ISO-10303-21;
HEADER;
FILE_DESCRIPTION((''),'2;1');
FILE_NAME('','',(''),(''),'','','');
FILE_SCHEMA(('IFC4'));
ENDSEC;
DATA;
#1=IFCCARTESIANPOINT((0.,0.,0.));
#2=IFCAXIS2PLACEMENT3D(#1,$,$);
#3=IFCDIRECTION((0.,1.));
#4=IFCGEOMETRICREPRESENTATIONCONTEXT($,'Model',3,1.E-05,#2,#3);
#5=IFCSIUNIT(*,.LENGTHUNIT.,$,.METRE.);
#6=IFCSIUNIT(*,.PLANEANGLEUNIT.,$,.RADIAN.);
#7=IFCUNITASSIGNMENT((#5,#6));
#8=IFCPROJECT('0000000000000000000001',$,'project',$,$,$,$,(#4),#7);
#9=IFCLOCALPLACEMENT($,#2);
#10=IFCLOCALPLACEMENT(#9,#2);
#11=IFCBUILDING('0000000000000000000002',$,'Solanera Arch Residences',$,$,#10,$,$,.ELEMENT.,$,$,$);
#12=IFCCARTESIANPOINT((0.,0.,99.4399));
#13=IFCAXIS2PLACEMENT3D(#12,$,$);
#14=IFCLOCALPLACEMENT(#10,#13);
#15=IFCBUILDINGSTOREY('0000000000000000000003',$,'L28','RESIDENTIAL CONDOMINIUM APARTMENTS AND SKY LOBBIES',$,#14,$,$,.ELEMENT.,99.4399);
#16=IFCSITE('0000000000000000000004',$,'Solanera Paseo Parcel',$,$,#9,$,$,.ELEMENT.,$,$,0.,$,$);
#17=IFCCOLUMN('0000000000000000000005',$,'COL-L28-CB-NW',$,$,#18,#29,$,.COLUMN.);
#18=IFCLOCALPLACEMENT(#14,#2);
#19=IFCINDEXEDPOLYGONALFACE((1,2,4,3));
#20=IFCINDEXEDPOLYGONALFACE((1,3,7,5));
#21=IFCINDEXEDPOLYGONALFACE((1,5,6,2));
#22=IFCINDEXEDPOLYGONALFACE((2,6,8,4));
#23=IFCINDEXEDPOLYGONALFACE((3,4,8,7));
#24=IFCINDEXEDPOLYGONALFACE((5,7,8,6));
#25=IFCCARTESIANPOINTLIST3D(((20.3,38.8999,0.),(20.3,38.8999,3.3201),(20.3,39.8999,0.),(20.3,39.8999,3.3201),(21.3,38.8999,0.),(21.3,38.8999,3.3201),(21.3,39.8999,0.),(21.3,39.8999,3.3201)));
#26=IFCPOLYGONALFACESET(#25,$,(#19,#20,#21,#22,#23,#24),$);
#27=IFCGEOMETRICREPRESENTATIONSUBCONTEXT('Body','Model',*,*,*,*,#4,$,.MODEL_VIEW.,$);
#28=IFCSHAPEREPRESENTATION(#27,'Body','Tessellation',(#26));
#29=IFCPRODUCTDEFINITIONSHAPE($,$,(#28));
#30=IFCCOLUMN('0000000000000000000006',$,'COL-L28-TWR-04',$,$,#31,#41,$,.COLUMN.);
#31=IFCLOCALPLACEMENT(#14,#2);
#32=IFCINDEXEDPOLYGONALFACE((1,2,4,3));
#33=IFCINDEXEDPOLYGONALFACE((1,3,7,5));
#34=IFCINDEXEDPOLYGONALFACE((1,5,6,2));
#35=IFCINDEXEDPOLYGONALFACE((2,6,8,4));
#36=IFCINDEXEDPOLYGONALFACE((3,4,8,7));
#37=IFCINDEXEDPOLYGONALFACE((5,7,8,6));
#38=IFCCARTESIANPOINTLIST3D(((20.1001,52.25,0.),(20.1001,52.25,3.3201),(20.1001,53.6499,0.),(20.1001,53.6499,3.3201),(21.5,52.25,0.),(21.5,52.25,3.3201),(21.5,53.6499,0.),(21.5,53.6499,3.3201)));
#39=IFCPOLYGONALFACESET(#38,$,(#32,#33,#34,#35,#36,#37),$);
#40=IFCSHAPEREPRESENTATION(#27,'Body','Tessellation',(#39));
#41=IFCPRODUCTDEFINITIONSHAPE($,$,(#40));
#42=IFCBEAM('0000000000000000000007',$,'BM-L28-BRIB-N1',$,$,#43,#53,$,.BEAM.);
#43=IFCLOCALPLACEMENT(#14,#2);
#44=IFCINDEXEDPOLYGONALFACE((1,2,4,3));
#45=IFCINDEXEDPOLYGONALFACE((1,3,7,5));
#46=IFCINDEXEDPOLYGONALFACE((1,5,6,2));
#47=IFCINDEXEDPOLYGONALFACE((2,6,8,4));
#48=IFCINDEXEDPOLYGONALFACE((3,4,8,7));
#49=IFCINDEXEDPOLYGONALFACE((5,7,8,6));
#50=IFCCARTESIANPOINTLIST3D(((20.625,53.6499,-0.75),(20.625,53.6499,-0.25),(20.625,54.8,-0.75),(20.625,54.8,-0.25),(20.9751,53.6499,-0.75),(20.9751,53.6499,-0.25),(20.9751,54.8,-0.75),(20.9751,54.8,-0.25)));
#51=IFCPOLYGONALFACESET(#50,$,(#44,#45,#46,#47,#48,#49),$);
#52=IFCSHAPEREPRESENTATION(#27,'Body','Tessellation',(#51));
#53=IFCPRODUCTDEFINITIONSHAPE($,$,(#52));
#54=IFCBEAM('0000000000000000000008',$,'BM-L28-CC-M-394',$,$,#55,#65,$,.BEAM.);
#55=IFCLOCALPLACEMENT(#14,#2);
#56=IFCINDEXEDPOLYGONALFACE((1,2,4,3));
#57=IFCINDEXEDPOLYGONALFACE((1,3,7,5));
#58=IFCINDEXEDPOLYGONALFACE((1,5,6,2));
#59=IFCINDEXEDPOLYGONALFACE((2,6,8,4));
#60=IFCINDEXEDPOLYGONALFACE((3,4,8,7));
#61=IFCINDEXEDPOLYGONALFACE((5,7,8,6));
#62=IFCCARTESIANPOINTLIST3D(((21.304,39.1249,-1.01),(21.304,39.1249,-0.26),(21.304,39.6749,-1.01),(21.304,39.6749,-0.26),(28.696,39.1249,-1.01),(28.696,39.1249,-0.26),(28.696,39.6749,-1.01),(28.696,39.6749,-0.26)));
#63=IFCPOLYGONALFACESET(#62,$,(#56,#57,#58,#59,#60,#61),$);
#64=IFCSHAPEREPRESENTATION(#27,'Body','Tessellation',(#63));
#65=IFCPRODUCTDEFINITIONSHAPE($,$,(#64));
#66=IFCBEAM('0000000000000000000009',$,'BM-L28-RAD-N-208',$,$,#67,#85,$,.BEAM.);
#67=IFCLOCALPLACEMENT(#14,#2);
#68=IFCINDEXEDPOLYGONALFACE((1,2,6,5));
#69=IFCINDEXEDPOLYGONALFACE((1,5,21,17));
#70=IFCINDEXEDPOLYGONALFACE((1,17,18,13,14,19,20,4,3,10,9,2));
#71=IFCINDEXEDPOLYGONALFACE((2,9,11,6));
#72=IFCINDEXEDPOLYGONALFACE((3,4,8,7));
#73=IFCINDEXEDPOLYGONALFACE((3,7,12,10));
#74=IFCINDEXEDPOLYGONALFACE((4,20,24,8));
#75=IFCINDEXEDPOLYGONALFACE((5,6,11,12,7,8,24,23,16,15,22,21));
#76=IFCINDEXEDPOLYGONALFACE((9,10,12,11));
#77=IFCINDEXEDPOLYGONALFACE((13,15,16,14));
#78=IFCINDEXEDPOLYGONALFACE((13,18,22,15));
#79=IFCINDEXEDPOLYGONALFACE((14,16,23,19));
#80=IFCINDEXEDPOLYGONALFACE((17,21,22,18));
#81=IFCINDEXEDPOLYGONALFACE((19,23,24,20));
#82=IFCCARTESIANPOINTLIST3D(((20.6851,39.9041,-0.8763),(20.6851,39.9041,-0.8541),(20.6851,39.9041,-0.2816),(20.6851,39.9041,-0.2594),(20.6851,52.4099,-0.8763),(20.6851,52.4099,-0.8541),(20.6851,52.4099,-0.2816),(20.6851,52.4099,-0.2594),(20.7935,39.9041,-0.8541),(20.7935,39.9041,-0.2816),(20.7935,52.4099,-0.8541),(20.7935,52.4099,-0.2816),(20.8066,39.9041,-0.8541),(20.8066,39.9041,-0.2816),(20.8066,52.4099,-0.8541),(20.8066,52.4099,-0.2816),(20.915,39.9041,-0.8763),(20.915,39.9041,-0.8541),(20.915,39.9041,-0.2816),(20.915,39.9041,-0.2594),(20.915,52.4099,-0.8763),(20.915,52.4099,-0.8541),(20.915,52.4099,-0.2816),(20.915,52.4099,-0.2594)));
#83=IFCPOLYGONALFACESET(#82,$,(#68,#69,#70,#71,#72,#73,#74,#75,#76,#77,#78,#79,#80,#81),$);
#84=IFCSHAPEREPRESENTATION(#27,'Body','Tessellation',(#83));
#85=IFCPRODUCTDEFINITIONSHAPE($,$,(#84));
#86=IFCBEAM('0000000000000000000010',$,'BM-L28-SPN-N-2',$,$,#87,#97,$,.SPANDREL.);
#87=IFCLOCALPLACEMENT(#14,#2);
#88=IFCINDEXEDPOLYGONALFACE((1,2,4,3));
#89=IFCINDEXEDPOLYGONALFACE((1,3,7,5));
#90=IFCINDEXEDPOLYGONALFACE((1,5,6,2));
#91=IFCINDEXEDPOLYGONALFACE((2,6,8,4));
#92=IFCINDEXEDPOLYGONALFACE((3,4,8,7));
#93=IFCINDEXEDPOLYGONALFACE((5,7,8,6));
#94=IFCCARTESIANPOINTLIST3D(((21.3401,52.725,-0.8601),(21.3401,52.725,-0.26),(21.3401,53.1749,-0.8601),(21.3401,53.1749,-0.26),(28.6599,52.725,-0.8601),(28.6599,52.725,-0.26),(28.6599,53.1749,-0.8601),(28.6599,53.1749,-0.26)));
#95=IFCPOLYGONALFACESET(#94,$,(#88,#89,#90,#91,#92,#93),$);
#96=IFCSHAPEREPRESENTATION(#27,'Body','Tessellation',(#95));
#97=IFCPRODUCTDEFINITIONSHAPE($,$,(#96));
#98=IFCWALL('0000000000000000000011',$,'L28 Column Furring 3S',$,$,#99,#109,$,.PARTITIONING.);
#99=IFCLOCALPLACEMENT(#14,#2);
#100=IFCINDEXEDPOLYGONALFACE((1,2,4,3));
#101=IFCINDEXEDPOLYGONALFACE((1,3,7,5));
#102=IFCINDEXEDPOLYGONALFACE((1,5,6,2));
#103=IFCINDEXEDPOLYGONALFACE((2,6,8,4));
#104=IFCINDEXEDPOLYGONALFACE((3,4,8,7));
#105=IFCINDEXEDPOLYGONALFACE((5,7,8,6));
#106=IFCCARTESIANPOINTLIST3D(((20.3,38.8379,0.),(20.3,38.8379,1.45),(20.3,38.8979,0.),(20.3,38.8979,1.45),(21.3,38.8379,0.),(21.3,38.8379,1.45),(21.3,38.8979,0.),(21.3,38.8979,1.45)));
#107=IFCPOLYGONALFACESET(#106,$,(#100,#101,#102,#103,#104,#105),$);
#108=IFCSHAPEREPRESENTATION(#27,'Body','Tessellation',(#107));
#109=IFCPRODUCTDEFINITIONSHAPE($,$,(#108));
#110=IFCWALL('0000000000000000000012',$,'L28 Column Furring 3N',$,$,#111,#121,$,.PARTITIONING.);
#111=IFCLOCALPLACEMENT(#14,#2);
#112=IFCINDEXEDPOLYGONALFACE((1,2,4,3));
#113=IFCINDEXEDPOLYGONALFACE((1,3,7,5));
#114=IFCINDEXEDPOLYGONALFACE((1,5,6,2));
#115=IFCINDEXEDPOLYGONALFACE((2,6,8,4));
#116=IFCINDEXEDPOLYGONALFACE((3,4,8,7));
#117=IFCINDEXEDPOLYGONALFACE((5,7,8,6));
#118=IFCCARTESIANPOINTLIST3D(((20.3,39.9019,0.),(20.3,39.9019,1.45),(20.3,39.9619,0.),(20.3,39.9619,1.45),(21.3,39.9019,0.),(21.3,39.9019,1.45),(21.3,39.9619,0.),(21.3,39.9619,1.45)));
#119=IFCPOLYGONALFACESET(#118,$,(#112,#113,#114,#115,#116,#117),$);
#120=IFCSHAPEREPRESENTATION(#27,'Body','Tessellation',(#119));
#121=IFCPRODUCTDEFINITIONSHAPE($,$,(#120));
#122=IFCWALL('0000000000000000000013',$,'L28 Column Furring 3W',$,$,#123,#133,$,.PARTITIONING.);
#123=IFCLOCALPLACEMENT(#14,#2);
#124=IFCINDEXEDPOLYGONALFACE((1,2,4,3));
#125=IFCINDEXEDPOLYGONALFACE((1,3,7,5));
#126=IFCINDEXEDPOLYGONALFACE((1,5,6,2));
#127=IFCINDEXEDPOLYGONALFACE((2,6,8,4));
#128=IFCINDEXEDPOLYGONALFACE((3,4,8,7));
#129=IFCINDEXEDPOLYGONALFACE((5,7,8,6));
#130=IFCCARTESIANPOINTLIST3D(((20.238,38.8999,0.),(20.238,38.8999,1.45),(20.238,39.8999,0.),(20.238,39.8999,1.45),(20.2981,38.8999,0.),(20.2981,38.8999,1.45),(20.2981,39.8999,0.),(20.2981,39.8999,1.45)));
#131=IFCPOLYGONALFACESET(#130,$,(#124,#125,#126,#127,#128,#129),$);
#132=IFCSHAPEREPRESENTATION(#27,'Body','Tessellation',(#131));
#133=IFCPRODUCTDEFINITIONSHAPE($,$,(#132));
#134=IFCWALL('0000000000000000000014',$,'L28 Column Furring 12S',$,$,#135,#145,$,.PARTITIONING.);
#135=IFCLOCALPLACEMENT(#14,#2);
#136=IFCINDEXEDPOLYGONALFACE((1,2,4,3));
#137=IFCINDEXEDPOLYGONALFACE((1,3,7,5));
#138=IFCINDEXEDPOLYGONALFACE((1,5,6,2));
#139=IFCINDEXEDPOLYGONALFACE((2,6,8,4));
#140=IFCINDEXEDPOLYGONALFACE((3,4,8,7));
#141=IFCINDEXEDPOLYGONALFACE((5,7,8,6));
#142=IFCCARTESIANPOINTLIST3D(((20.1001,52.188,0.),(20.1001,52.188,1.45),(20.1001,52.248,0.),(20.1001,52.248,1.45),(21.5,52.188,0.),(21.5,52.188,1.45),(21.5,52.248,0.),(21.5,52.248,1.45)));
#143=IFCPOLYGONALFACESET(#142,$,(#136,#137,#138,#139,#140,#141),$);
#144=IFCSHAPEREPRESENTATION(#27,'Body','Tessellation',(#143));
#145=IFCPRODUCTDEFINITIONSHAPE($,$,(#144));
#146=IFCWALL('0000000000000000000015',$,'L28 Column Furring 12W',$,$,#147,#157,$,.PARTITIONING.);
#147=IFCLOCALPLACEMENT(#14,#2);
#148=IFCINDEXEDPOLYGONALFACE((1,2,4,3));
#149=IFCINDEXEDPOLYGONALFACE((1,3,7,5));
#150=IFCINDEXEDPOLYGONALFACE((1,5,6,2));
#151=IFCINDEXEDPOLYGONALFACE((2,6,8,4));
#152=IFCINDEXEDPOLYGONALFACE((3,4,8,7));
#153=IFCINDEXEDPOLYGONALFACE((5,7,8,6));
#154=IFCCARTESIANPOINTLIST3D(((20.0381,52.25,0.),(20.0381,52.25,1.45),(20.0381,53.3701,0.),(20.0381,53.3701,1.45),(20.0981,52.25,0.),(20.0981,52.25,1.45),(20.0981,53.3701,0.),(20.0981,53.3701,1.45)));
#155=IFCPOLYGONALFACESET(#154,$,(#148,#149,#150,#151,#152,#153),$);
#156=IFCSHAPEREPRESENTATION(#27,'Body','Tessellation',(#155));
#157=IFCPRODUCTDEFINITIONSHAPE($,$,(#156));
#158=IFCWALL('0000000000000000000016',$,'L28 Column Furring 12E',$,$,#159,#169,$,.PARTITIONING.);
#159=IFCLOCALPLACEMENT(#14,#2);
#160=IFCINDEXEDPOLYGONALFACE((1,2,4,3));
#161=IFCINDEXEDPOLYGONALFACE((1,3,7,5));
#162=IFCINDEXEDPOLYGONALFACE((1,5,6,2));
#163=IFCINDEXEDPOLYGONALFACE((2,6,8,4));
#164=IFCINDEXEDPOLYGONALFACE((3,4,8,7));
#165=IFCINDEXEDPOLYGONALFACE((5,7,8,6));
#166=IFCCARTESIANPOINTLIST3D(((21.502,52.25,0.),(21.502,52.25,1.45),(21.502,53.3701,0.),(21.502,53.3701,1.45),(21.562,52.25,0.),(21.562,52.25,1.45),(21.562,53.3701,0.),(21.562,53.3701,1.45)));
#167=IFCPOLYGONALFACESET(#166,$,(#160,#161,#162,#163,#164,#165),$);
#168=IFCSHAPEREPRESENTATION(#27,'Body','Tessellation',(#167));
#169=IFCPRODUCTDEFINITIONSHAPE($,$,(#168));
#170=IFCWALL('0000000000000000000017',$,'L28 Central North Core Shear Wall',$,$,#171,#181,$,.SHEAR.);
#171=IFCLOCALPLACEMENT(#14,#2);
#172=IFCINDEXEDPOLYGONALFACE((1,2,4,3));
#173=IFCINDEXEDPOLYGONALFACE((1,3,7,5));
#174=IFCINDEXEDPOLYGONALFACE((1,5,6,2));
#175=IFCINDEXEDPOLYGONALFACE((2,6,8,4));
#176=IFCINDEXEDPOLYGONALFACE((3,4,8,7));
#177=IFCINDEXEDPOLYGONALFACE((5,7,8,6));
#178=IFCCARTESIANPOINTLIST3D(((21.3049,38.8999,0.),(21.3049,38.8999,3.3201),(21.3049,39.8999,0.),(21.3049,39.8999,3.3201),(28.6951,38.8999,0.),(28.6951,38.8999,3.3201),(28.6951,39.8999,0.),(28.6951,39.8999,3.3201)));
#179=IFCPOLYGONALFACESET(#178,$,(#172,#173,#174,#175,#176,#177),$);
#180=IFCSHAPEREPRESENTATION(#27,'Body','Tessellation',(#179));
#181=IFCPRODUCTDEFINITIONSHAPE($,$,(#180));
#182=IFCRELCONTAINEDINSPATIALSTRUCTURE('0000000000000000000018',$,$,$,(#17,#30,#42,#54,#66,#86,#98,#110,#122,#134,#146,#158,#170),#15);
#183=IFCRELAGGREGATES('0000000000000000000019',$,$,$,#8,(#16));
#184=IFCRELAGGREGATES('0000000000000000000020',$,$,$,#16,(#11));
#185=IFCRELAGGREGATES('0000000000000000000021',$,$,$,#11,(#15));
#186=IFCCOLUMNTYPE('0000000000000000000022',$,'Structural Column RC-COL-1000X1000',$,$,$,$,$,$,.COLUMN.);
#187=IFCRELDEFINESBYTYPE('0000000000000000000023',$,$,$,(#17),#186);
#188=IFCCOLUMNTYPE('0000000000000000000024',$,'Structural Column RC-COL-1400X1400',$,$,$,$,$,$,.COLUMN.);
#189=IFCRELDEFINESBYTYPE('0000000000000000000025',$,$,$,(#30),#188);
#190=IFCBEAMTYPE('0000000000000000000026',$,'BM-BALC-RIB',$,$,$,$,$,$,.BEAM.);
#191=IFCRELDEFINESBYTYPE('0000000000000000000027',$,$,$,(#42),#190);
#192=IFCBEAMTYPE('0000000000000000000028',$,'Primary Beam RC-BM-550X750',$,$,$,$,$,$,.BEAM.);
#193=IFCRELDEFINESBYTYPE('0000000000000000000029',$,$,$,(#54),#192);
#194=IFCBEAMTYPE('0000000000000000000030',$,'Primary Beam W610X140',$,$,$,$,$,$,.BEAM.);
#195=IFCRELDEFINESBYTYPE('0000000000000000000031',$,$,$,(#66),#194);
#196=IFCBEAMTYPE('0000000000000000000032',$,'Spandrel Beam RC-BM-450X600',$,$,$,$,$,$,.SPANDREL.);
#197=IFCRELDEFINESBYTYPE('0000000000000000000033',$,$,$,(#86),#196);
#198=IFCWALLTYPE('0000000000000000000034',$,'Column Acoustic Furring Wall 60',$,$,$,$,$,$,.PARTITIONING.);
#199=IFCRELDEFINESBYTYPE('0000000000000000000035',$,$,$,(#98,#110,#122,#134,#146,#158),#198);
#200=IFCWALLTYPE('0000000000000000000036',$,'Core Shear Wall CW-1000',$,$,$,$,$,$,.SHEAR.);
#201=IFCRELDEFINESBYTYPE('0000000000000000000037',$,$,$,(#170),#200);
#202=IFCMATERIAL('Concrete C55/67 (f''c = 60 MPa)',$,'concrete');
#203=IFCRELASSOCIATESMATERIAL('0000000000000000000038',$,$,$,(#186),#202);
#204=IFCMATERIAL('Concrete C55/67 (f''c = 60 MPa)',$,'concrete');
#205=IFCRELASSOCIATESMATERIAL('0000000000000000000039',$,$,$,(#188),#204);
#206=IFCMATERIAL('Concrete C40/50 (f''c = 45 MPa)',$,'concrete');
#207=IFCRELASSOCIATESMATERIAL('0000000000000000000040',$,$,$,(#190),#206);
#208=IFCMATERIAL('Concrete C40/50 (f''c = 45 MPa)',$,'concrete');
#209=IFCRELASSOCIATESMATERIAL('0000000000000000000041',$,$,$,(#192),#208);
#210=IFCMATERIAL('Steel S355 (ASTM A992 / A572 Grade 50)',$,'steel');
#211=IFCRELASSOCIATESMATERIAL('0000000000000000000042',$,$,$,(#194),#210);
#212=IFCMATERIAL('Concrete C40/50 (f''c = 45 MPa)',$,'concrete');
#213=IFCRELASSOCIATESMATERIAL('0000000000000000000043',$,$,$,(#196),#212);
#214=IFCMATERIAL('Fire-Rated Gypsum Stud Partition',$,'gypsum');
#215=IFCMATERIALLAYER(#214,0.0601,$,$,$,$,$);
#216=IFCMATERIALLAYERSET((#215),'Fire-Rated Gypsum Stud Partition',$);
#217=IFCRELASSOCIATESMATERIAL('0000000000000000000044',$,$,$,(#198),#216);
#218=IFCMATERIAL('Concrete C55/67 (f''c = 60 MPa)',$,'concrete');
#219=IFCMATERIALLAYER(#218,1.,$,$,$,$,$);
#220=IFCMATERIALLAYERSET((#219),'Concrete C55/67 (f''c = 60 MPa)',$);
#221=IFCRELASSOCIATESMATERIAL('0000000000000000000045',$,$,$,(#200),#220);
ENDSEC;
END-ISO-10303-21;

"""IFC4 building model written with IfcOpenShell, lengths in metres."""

from ifc_helpers import new_model, si_unit, direction, frame, frame_2d, origin, origin_2d, place, context, subcontext, project, spatial, rectangle, i_section, extrude, material, layer, layer_set, material_profile, profile_set, type_object, element, save


model = new_model("IFC4")

# Units and contexts
model_context = context("Model", 3, precision=1e-05, world=origin(), true_north=direction((0.0, 1.0)))
body_context = subcontext(model_context, "Body", "Model", "MODEL_VIEW")
ifc_project = project(units=[si_unit("LENGTHUNIT", "METRE"), si_unit("PLANEANGLEUNIT", "RADIAN")], contexts=[model_context])

# Site, building, storey
site_placement = place(None, origin())
site = spatial("IfcSite", under=ifc_project, at=site_placement, Name="Solanera Paseo Parcel", CompositionType="ELEMENT", RefElevation=0.0)
building_placement = place(site_placement, origin())
building = spatial("IfcBuilding", under=site, at=building_placement, Name="Solanera Arch Residences", CompositionType="ELEMENT")
storey_placement = place(building_placement, frame((0.0, 0.0, 99.4399)))
storey = spatial("IfcBuildingStorey", under=building, at=storey_placement, Name="L28", Description="RESIDENTIAL CONDOMINIUM APARTMENTS AND SKY LOBBIES", CompositionType="ELEMENT", Elevation=99.4399)

# Columns
ifc_material_1 = material(Name="Concrete C55/67 (f'c = 60 MPa)", Category="concrete")
ifc_material_profile_1 = material_profile(ifc_material_1, rectangle(XDim=1.0, YDim=1.0, at=origin_2d()))
ifc_profile_set_1 = profile_set([ifc_material_profile_1], Name="Concrete C55/67 (f'c = 60 MPa)")
column_type_1 = type_object("IfcColumnType", Name="Structural Column RC-COL-1000X1000", PredefinedType="COLUMN", material=ifc_profile_set_1)
column_1_placement = place(storey_placement, frame((20.8, 39.3999, 0.0), z_axis=(0.0, 0.0, 1.0), x_axis=(1.0, 0.0, 0.0)))
element("IfcColumn", 1, at=column_1_placement, inside=storey, type_object=column_type_1, Name="COL-L28-CB-NW", PredefinedType="COLUMN", context=body_context, shape_type="SweptSolid", body=[
    extrude(rectangle(XDim=1.0, YDim=1.0, at=origin_2d()), origin(), (0.0, 0.0, 1.0), 3.3201),
])
ifc_material_2 = material(Name="Concrete C55/67 (f'c = 60 MPa)", Category="concrete")
ifc_material_profile_2 = material_profile(ifc_material_2, rectangle(XDim=1.3999, YDim=1.3999, at=origin_2d()))
ifc_profile_set_2 = profile_set([ifc_material_profile_2], Name="Concrete C55/67 (f'c = 60 MPa)")
column_type_2 = type_object("IfcColumnType", Name="Structural Column RC-COL-1400X1400", PredefinedType="COLUMN", material=ifc_profile_set_2)
column_2_placement = place(storey_placement, frame((20.8, 52.95, 0.0), z_axis=(0.0, 0.0, 1.0), x_axis=(1.0, 0.0, 0.0)))
element("IfcColumn", 2, at=column_2_placement, inside=storey, type_object=column_type_2, Name="COL-L28-TWR-04", PredefinedType="COLUMN", context=body_context, shape_type="SweptSolid", body=[
    extrude(rectangle(XDim=1.3999, YDim=1.3999, at=origin_2d()), origin(), (0.0, 0.0, 1.0), 3.3201),
])

# Beams
ifc_material_3 = material(Name="Concrete C40/50 (f'c = 45 MPa)", Category="concrete")
ifc_material_profile_3 = material_profile(ifc_material_3, rectangle(XDim=0.3501, YDim=0.5, at=origin_2d()))
ifc_profile_set_3 = profile_set([ifc_material_profile_3], Name="Concrete C40/50 (f'c = 45 MPa)")
beam_type_1 = type_object("IfcBeamType", Name="BM-BALC-RIB", PredefinedType="BEAM", material=ifc_profile_set_3)
beam_1_placement = place(storey_placement, frame((20.8, 53.6499, -0.5), z_axis=(0.0, 1.0, 0.0), x_axis=(-1.0, 0.0, 0.0)))
element("IfcBeam", 3, at=beam_1_placement, inside=storey, type_object=beam_type_1, Name="BM-L28-BRIB-N1", PredefinedType="BEAM", context=body_context, shape_type="SweptSolid", body=[
    extrude(rectangle(XDim=0.3501, YDim=0.5, at=origin_2d()), origin(), (0.0, 0.0, 1.0), 1.1501),
])
ifc_material_4 = material(Name="Concrete C40/50 (f'c = 45 MPa)", Category="concrete")
ifc_material_profile_4 = material_profile(ifc_material_4, rectangle(XDim=0.55, YDim=0.75, at=origin_2d()))
ifc_profile_set_4 = profile_set([ifc_material_profile_4], Name="Concrete C40/50 (f'c = 45 MPa)")
beam_type_2 = type_object("IfcBeamType", Name="Primary Beam RC-BM-550X750", PredefinedType="BEAM", material=ifc_profile_set_4)
beam_2_placement = place(storey_placement, frame((21.304, 39.3999, -0.635), z_axis=(1.0, 0.0, 0.0), x_axis=(0.0, 1.0, 0.0)))
element("IfcBeam", 4, at=beam_2_placement, inside=storey, type_object=beam_type_2, Name="BM-L28-CC-M-394", PredefinedType="BEAM", context=body_context, shape_type="SweptSolid", body=[
    extrude(rectangle(XDim=0.55, YDim=0.75, at=origin_2d()), origin(), (0.0, 0.0, 1.0), 7.3921),
])
ifc_material_5 = material(Name="Steel S355 (ASTM A992 / A572 Grade 50)", Category="steel")
ifc_material_profile_5 = material_profile(ifc_material_5, i_section(OverallWidth=0.23, OverallDepth=0.6169, WebThickness=0.0132, FlangeThickness=0.0222, at=origin_2d()))
ifc_profile_set_5 = profile_set([ifc_material_profile_5], Name="Steel S355 (ASTM A992 / A572 Grade 50)")
beam_type_3 = type_object("IfcBeamType", Name="Primary Beam W610X140", PredefinedType="BEAM", material=ifc_profile_set_5)
beam_3_placement = place(storey_placement, frame((20.8, 39.9041, -0.5679), z_axis=(0.0, 1.0, 0.0), x_axis=(-1.0, 0.0, 0.0)))
element("IfcBeam", 5, at=beam_3_placement, inside=storey, type_object=beam_type_3, Name="BM-L28-RAD-N-208", PredefinedType="BEAM", context=body_context, shape_type="SweptSolid", body=[
    extrude(i_section(OverallWidth=0.23, OverallDepth=0.6169, WebThickness=0.0132, FlangeThickness=0.0222, at=origin_2d()), origin(), (0.0, 0.0, 1.0), 12.5059),
])
ifc_material_6 = material(Name="Concrete C40/50 (f'c = 45 MPa)", Category="concrete")
ifc_material_profile_6 = material_profile(ifc_material_6, rectangle(XDim=0.45, YDim=0.6001, at=origin_2d()))
ifc_profile_set_6 = profile_set([ifc_material_profile_6], Name="Concrete C40/50 (f'c = 45 MPa)")
beam_type_4 = type_object("IfcBeamType", Name="Spandrel Beam RC-BM-450X600", PredefinedType="SPANDREL", material=ifc_profile_set_6)
beam_4_placement = place(storey_placement, frame((21.3401, 52.95, -0.5601), z_axis=(1.0, 0.0, 0.0), x_axis=(0.0, 1.0, 0.0)))
element("IfcBeam", 6, at=beam_4_placement, inside=storey, type_object=beam_type_4, Name="BM-L28-SPN-N-2", PredefinedType="SPANDREL", context=body_context, shape_type="SweptSolid", body=[
    extrude(rectangle(XDim=0.45, YDim=0.6001, at=origin_2d()), origin(), (0.0, 0.0, 1.0), 7.3198),
])

# Walls
ifc_material_7 = material(Name="Fire-Rated Gypsum Stud Partition", Category="gypsum")
ifc_layer_1 = layer(ifc_material_7, 0.0601)
ifc_layer_set_1 = layer_set([ifc_layer_1], Name="Fire-Rated Gypsum Stud Partition")
wall_type_1 = type_object("IfcWallType", Name="Column Acoustic Furring Wall 60", PredefinedType="PARTITIONING", material=ifc_layer_set_1)
for number, where, z_axis, x_axis, name in (
    (7, (20.3, 38.8679, 0.0), (0.0, 0.0, 1.0), (1.0, 0.0, 0.0), "L28 Column Furring 3S"),
    (8, (20.3, 39.9319, 0.0), (0.0, 0.0, 1.0), (1.0, 0.0, 0.0), "L28 Column Furring 3N"),
    (9, (20.2681, 38.8999, 0.0), (0.0, 0.0, 1.0), (0.0, 1.0, 0.0), "L28 Column Furring 3W"),
):
    element("IfcWall", number, at=place(storey_placement, frame(where, z_axis=z_axis, x_axis=x_axis)), inside=storey, type_object=wall_type_1, Name=name, PredefinedType="PARTITIONING", context=body_context, shape_type="SweptSolid", body=[
        extrude(rectangle(XDim=1.0, YDim=0.0601, at=frame_2d((0.5, 0.0))), origin(), (0.0, 0.0, 1.0), 1.45),
    ])
wall_1_placement = place(storey_placement, frame((20.1001, 52.218, 0.0), z_axis=(0.0, 0.0, 1.0), x_axis=(1.0, 0.0, 0.0)))
element("IfcWall", 10, at=wall_1_placement, inside=storey, type_object=wall_type_1, Name="L28 Column Furring 12S", PredefinedType="PARTITIONING", context=body_context, shape_type="SweptSolid", body=[
    extrude(rectangle(XDim=1.3999, YDim=0.0601, at=frame_2d((0.7, 0.0))), origin(), (0.0, 0.0, 1.0), 1.45),
])
for number, where, z_axis, x_axis, name in (
    (11, (20.0681, 52.25, 0.0), (0.0, 0.0, 1.0), (0.0, 1.0, 0.0), "L28 Column Furring 12W"),
    (12, (21.532, 52.25, 0.0), (0.0, 0.0, 1.0), (0.0, 1.0, 0.0), "L28 Column Furring 12E"),
):
    element("IfcWall", number, at=place(storey_placement, frame(where, z_axis=z_axis, x_axis=x_axis)), inside=storey, type_object=wall_type_1, Name=name, PredefinedType="PARTITIONING", context=body_context, shape_type="SweptSolid", body=[
        extrude(rectangle(XDim=1.1201, YDim=0.0601, at=frame_2d((0.5601, 0.0))), origin(), (0.0, 0.0, 1.0), 1.45),
    ])
ifc_material_8 = material(Name="Concrete C55/67 (f'c = 60 MPa)", Category="concrete")
ifc_layer_2 = layer(ifc_material_8, 1.0)
ifc_layer_set_2 = layer_set([ifc_layer_2], Name="Concrete C55/67 (f'c = 60 MPa)")
wall_type_2 = type_object("IfcWallType", Name="Core Shear Wall CW-1000", PredefinedType="SHEAR", material=ifc_layer_set_2)
wall_2_placement = place(storey_placement, frame((21.3049, 39.3999, 0.0), z_axis=(0.0, 0.0, 1.0), x_axis=(1.0, 0.0, 0.0)))
element("IfcWall", 13, at=wall_2_placement, inside=storey, type_object=wall_type_2, Name="L28 Central North Core Shear Wall", PredefinedType="SHEAR", context=body_context, shape_type="SweptSolid", body=[
    extrude(rectangle(XDim=7.3901, YDim=1.0, at=frame_2d((3.6951, 0.0))), origin(), (0.0, 0.0, 1.0), 3.3201),
])

save(model, "model.ifc")
